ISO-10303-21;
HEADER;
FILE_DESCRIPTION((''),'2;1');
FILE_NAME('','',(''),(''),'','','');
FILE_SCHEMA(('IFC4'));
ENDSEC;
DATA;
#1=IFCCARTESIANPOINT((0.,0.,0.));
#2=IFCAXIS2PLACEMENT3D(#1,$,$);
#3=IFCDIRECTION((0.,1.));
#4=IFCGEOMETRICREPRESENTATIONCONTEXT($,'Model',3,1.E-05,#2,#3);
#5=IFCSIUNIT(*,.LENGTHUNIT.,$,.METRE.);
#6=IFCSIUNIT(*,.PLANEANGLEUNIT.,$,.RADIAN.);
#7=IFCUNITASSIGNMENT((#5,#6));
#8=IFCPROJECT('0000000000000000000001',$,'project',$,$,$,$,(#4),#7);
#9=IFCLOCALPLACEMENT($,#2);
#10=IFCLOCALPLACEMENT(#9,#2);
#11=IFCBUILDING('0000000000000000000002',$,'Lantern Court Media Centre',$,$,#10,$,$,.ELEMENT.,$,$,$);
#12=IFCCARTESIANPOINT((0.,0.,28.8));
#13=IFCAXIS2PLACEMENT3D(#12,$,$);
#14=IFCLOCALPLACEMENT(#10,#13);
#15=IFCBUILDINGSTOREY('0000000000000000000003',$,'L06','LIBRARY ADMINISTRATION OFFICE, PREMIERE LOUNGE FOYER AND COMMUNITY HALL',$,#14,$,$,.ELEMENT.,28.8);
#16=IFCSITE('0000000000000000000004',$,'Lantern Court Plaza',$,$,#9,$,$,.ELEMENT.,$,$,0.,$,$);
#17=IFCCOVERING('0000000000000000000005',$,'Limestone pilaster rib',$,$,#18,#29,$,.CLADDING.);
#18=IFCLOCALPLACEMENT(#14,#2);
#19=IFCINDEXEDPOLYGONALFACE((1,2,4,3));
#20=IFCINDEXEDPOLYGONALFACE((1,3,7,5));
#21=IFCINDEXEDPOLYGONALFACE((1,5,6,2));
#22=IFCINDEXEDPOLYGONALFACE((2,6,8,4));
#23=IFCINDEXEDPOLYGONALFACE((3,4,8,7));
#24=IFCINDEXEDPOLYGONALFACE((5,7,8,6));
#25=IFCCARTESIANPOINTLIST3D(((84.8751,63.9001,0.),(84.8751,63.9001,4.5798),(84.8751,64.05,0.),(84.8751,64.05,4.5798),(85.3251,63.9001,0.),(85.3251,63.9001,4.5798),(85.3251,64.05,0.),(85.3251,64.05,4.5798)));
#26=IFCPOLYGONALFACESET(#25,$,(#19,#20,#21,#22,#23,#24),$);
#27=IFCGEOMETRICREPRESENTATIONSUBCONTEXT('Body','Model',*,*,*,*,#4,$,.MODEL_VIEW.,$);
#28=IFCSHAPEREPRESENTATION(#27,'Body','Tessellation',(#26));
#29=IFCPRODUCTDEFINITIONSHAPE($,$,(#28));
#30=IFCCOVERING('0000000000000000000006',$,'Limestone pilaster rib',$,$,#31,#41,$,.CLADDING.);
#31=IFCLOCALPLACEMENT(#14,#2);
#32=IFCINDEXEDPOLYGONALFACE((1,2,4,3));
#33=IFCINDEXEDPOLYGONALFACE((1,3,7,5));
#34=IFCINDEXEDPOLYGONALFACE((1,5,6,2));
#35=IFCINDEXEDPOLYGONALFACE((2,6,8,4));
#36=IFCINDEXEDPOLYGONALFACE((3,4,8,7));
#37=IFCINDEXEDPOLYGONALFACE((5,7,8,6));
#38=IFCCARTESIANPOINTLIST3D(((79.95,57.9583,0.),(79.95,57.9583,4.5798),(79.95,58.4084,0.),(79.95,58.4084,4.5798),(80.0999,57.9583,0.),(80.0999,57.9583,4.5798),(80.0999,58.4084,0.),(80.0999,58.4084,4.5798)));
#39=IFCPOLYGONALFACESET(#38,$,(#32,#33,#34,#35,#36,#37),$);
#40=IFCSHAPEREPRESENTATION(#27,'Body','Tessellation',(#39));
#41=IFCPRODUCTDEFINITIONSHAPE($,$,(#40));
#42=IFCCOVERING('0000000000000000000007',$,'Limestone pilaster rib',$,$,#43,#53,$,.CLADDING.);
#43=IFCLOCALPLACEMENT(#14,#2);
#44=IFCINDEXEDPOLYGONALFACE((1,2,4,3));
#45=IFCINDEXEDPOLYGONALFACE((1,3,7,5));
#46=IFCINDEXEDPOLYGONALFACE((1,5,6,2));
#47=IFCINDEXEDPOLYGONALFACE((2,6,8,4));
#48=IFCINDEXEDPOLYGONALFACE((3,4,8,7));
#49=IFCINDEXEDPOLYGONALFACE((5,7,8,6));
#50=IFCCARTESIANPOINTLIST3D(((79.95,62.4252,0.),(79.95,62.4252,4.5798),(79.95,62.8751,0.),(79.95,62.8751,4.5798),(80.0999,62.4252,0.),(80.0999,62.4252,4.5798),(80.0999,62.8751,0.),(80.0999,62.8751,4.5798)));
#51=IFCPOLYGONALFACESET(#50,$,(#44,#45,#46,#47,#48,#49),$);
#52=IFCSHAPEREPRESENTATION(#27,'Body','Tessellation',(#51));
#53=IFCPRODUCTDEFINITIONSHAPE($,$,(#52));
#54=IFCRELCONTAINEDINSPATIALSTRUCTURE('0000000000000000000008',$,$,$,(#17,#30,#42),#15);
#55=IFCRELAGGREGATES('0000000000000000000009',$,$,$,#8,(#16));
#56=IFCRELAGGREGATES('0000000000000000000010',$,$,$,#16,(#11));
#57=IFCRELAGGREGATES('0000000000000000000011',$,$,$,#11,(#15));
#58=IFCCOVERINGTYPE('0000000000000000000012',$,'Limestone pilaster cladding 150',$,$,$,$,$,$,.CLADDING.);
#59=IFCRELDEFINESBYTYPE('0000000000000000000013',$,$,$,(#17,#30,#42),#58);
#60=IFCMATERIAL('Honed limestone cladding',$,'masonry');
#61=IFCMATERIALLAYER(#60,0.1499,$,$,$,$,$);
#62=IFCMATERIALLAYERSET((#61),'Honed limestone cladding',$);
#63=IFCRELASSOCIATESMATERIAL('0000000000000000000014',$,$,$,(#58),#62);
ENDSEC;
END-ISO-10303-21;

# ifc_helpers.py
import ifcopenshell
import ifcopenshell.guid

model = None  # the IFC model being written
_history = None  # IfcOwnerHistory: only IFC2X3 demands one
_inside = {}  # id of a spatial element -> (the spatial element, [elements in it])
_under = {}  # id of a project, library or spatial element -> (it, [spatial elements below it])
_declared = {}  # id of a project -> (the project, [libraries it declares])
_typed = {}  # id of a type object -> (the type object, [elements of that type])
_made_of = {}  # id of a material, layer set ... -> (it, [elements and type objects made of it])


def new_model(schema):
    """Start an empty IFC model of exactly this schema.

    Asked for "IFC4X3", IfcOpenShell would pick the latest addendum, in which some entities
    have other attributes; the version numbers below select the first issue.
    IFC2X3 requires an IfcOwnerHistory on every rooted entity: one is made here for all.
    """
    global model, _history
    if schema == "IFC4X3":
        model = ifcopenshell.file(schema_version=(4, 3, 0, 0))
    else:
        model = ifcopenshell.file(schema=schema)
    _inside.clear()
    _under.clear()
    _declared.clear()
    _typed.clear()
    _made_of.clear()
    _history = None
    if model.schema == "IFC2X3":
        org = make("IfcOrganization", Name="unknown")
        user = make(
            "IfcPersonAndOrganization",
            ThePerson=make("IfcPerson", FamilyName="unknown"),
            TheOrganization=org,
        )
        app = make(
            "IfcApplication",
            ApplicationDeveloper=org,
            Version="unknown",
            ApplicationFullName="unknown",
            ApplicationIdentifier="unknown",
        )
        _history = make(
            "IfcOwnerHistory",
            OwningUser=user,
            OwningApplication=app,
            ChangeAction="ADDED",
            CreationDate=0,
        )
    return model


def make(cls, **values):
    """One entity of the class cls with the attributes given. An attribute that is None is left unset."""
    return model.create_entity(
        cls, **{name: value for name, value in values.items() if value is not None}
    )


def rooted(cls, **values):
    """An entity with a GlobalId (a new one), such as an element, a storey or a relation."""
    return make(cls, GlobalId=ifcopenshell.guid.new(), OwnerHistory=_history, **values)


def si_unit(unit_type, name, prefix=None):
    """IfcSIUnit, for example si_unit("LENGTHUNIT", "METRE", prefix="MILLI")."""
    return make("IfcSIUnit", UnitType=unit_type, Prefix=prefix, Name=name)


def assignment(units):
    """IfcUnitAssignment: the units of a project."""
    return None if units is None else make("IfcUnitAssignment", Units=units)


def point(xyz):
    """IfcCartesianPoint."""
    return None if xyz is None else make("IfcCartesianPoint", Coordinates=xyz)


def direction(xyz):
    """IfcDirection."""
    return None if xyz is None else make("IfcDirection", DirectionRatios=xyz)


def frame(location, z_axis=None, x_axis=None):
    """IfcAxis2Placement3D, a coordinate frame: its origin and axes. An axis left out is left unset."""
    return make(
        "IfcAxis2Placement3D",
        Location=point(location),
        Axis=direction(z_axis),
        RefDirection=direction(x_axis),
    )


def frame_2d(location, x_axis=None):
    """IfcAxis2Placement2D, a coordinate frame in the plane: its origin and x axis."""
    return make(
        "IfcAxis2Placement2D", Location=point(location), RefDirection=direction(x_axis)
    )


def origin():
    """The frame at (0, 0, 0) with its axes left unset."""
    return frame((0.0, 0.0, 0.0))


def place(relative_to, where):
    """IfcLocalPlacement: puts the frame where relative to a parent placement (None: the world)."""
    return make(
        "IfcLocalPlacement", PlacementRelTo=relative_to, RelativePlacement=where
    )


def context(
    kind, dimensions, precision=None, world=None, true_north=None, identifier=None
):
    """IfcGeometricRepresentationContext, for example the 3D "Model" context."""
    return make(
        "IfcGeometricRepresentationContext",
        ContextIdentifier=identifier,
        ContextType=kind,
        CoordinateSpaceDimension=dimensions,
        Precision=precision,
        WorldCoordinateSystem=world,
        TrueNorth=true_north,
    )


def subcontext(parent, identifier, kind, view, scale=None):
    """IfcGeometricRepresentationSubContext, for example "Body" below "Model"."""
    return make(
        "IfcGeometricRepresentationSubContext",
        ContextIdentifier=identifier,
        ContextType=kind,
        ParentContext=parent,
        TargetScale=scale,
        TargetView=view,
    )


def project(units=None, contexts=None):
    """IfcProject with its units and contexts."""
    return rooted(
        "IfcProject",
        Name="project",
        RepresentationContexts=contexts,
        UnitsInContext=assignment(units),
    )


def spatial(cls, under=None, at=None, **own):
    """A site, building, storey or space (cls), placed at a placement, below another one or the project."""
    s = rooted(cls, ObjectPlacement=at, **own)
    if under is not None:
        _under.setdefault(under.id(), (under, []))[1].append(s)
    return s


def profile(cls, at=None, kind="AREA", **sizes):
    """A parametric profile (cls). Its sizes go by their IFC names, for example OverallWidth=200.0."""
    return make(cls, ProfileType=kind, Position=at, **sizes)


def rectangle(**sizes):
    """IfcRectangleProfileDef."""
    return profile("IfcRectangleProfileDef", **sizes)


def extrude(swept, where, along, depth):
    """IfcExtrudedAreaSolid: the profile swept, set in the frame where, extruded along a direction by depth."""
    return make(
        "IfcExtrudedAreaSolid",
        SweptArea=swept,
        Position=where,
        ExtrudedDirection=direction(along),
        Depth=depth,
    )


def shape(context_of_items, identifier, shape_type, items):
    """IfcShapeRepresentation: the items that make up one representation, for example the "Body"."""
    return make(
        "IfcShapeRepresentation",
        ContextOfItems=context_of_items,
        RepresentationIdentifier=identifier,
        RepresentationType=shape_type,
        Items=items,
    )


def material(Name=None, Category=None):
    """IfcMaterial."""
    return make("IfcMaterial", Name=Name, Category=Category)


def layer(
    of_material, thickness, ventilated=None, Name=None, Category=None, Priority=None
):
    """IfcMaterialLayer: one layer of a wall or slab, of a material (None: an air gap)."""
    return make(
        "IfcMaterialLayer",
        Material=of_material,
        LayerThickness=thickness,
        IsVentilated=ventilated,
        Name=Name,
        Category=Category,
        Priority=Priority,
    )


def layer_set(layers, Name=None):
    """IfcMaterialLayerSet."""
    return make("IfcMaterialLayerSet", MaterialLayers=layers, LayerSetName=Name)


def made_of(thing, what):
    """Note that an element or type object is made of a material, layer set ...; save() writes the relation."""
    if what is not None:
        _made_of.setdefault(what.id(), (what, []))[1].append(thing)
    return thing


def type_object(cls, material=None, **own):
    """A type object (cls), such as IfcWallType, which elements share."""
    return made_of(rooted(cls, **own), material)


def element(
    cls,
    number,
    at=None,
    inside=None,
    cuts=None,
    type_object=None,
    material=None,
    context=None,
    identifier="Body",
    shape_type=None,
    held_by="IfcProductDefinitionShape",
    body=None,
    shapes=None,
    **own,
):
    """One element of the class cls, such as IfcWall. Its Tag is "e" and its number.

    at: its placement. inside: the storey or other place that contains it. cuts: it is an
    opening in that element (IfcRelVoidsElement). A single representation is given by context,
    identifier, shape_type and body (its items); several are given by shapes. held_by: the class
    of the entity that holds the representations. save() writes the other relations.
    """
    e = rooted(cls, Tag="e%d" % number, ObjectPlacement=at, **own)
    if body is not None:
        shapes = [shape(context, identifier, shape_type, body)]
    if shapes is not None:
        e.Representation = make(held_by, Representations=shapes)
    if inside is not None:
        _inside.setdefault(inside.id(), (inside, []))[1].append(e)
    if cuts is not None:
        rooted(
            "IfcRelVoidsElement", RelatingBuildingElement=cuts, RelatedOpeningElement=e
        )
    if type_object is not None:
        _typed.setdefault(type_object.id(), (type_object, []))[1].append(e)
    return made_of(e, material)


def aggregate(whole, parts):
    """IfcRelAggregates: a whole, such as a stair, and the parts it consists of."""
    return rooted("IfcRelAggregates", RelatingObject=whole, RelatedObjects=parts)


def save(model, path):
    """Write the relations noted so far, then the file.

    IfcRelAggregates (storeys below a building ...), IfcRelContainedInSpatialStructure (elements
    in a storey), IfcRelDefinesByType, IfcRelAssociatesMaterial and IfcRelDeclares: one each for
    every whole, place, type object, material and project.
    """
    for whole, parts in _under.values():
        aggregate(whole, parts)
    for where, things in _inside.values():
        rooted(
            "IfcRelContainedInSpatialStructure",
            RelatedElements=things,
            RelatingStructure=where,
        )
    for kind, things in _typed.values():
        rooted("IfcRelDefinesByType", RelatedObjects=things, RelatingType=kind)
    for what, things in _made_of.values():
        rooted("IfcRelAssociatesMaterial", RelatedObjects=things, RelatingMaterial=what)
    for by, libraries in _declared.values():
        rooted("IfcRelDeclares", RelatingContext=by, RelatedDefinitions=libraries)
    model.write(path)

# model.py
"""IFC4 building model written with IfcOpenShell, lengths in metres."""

from ifc_helpers import new_model, si_unit, direction, frame, frame_2d, origin, place, context, subcontext, project, spatial, rectangle, extrude, material, layer, layer_set, type_object, element, save


model = new_model("IFC4")

# Units and contexts
model_context = context("Model", 3, precision=1e-05, world=origin(), true_north=direction((0.0, 1.0)))
body_context = subcontext(model_context, "Body", "Model", "MODEL_VIEW")
ifc_project = project(units=[si_unit("LENGTHUNIT", "METRE"), si_unit("PLANEANGLEUNIT", "RADIAN")], contexts=[model_context])

# Site, building, storey
site_placement = place(None, origin())
site = spatial("IfcSite", under=ifc_project, at=site_placement, Name="Lantern Court Plaza", CompositionType="ELEMENT", RefElevation=0.0)
building_placement = place(site_placement, origin())
building = spatial("IfcBuilding", under=site, at=building_placement, Name="Lantern Court Media Centre", CompositionType="ELEMENT")
storey_placement = place(building_placement, frame((0.0, 0.0, 28.8)))
storey = spatial("IfcBuildingStorey", under=building, at=storey_placement, Name="L06", Description="LIBRARY ADMINISTRATION OFFICE, PREMIERE LOUNGE FOYER AND COMMUNITY HALL", CompositionType="ELEMENT", Elevation=28.8)

# Coverings
ifc_material_1 = material(Name="Honed limestone cladding", Category="masonry")
ifc_layer_1 = layer(ifc_material_1, 0.1499)
ifc_layer_set_1 = layer_set([ifc_layer_1], Name="Honed limestone cladding")
covering_type_1 = type_object("IfcCoveringType", Name="Limestone pilaster cladding 150", PredefinedType="CLADDING", material=ifc_layer_set_1)
for number, where, z_axis, x_axis, name in (
    (1, (84.875, 63.9751, 0.0), (0.0, 0.0, 1.0), (1.0, 0.0, 0.0), "Limestone pilaster rib"),
):
    element("IfcCovering", number, at=place(storey_placement, frame(where, z_axis=z_axis, x_axis=x_axis)), inside=storey, type_object=covering_type_1, Name=name, PredefinedType="CLADDING", context=body_context, shape_type="SweptSolid", body=[
        extrude(rectangle(XDim=0.45, YDim=0.1499, at=frame_2d((0.2251, 0.0))), origin(), (0.0, 0.0, 1.0), 4.5798),
    ])
covering_1_placement = place(storey_placement, frame((80.0249, 57.9583, 0.0), z_axis=(0.0, 0.0, 1.0), x_axis=(0.0, 1.0, 0.0)))
element("IfcCovering", 2, at=covering_1_placement, inside=storey, type_object=covering_type_1, Name="Limestone pilaster rib", PredefinedType="CLADDING", context=body_context, shape_type="SweptSolid", body=[
    extrude(rectangle(XDim=0.4502, YDim=0.1499, at=frame_2d((0.2251, 0.0))), origin(), (0.0, 0.0, 1.0), 4.5798),
])
covering_2_placement = place(storey_placement, frame((80.0249, 62.425, 0.0), z_axis=(0.0, 0.0, 1.0), x_axis=(0.0, 1.0, 0.0)))
element("IfcCovering", 3, at=covering_2_placement, inside=storey, type_object=covering_type_1, Name="Limestone pilaster rib", PredefinedType="CLADDING", context=body_context, shape_type="SweptSolid", body=[
    extrude(rectangle(XDim=0.45, YDim=0.1499, at=frame_2d((0.2251, 0.0))), origin(), (0.0, 0.0, 1.0), 4.5798),
])

save(model, "model.ifc")
